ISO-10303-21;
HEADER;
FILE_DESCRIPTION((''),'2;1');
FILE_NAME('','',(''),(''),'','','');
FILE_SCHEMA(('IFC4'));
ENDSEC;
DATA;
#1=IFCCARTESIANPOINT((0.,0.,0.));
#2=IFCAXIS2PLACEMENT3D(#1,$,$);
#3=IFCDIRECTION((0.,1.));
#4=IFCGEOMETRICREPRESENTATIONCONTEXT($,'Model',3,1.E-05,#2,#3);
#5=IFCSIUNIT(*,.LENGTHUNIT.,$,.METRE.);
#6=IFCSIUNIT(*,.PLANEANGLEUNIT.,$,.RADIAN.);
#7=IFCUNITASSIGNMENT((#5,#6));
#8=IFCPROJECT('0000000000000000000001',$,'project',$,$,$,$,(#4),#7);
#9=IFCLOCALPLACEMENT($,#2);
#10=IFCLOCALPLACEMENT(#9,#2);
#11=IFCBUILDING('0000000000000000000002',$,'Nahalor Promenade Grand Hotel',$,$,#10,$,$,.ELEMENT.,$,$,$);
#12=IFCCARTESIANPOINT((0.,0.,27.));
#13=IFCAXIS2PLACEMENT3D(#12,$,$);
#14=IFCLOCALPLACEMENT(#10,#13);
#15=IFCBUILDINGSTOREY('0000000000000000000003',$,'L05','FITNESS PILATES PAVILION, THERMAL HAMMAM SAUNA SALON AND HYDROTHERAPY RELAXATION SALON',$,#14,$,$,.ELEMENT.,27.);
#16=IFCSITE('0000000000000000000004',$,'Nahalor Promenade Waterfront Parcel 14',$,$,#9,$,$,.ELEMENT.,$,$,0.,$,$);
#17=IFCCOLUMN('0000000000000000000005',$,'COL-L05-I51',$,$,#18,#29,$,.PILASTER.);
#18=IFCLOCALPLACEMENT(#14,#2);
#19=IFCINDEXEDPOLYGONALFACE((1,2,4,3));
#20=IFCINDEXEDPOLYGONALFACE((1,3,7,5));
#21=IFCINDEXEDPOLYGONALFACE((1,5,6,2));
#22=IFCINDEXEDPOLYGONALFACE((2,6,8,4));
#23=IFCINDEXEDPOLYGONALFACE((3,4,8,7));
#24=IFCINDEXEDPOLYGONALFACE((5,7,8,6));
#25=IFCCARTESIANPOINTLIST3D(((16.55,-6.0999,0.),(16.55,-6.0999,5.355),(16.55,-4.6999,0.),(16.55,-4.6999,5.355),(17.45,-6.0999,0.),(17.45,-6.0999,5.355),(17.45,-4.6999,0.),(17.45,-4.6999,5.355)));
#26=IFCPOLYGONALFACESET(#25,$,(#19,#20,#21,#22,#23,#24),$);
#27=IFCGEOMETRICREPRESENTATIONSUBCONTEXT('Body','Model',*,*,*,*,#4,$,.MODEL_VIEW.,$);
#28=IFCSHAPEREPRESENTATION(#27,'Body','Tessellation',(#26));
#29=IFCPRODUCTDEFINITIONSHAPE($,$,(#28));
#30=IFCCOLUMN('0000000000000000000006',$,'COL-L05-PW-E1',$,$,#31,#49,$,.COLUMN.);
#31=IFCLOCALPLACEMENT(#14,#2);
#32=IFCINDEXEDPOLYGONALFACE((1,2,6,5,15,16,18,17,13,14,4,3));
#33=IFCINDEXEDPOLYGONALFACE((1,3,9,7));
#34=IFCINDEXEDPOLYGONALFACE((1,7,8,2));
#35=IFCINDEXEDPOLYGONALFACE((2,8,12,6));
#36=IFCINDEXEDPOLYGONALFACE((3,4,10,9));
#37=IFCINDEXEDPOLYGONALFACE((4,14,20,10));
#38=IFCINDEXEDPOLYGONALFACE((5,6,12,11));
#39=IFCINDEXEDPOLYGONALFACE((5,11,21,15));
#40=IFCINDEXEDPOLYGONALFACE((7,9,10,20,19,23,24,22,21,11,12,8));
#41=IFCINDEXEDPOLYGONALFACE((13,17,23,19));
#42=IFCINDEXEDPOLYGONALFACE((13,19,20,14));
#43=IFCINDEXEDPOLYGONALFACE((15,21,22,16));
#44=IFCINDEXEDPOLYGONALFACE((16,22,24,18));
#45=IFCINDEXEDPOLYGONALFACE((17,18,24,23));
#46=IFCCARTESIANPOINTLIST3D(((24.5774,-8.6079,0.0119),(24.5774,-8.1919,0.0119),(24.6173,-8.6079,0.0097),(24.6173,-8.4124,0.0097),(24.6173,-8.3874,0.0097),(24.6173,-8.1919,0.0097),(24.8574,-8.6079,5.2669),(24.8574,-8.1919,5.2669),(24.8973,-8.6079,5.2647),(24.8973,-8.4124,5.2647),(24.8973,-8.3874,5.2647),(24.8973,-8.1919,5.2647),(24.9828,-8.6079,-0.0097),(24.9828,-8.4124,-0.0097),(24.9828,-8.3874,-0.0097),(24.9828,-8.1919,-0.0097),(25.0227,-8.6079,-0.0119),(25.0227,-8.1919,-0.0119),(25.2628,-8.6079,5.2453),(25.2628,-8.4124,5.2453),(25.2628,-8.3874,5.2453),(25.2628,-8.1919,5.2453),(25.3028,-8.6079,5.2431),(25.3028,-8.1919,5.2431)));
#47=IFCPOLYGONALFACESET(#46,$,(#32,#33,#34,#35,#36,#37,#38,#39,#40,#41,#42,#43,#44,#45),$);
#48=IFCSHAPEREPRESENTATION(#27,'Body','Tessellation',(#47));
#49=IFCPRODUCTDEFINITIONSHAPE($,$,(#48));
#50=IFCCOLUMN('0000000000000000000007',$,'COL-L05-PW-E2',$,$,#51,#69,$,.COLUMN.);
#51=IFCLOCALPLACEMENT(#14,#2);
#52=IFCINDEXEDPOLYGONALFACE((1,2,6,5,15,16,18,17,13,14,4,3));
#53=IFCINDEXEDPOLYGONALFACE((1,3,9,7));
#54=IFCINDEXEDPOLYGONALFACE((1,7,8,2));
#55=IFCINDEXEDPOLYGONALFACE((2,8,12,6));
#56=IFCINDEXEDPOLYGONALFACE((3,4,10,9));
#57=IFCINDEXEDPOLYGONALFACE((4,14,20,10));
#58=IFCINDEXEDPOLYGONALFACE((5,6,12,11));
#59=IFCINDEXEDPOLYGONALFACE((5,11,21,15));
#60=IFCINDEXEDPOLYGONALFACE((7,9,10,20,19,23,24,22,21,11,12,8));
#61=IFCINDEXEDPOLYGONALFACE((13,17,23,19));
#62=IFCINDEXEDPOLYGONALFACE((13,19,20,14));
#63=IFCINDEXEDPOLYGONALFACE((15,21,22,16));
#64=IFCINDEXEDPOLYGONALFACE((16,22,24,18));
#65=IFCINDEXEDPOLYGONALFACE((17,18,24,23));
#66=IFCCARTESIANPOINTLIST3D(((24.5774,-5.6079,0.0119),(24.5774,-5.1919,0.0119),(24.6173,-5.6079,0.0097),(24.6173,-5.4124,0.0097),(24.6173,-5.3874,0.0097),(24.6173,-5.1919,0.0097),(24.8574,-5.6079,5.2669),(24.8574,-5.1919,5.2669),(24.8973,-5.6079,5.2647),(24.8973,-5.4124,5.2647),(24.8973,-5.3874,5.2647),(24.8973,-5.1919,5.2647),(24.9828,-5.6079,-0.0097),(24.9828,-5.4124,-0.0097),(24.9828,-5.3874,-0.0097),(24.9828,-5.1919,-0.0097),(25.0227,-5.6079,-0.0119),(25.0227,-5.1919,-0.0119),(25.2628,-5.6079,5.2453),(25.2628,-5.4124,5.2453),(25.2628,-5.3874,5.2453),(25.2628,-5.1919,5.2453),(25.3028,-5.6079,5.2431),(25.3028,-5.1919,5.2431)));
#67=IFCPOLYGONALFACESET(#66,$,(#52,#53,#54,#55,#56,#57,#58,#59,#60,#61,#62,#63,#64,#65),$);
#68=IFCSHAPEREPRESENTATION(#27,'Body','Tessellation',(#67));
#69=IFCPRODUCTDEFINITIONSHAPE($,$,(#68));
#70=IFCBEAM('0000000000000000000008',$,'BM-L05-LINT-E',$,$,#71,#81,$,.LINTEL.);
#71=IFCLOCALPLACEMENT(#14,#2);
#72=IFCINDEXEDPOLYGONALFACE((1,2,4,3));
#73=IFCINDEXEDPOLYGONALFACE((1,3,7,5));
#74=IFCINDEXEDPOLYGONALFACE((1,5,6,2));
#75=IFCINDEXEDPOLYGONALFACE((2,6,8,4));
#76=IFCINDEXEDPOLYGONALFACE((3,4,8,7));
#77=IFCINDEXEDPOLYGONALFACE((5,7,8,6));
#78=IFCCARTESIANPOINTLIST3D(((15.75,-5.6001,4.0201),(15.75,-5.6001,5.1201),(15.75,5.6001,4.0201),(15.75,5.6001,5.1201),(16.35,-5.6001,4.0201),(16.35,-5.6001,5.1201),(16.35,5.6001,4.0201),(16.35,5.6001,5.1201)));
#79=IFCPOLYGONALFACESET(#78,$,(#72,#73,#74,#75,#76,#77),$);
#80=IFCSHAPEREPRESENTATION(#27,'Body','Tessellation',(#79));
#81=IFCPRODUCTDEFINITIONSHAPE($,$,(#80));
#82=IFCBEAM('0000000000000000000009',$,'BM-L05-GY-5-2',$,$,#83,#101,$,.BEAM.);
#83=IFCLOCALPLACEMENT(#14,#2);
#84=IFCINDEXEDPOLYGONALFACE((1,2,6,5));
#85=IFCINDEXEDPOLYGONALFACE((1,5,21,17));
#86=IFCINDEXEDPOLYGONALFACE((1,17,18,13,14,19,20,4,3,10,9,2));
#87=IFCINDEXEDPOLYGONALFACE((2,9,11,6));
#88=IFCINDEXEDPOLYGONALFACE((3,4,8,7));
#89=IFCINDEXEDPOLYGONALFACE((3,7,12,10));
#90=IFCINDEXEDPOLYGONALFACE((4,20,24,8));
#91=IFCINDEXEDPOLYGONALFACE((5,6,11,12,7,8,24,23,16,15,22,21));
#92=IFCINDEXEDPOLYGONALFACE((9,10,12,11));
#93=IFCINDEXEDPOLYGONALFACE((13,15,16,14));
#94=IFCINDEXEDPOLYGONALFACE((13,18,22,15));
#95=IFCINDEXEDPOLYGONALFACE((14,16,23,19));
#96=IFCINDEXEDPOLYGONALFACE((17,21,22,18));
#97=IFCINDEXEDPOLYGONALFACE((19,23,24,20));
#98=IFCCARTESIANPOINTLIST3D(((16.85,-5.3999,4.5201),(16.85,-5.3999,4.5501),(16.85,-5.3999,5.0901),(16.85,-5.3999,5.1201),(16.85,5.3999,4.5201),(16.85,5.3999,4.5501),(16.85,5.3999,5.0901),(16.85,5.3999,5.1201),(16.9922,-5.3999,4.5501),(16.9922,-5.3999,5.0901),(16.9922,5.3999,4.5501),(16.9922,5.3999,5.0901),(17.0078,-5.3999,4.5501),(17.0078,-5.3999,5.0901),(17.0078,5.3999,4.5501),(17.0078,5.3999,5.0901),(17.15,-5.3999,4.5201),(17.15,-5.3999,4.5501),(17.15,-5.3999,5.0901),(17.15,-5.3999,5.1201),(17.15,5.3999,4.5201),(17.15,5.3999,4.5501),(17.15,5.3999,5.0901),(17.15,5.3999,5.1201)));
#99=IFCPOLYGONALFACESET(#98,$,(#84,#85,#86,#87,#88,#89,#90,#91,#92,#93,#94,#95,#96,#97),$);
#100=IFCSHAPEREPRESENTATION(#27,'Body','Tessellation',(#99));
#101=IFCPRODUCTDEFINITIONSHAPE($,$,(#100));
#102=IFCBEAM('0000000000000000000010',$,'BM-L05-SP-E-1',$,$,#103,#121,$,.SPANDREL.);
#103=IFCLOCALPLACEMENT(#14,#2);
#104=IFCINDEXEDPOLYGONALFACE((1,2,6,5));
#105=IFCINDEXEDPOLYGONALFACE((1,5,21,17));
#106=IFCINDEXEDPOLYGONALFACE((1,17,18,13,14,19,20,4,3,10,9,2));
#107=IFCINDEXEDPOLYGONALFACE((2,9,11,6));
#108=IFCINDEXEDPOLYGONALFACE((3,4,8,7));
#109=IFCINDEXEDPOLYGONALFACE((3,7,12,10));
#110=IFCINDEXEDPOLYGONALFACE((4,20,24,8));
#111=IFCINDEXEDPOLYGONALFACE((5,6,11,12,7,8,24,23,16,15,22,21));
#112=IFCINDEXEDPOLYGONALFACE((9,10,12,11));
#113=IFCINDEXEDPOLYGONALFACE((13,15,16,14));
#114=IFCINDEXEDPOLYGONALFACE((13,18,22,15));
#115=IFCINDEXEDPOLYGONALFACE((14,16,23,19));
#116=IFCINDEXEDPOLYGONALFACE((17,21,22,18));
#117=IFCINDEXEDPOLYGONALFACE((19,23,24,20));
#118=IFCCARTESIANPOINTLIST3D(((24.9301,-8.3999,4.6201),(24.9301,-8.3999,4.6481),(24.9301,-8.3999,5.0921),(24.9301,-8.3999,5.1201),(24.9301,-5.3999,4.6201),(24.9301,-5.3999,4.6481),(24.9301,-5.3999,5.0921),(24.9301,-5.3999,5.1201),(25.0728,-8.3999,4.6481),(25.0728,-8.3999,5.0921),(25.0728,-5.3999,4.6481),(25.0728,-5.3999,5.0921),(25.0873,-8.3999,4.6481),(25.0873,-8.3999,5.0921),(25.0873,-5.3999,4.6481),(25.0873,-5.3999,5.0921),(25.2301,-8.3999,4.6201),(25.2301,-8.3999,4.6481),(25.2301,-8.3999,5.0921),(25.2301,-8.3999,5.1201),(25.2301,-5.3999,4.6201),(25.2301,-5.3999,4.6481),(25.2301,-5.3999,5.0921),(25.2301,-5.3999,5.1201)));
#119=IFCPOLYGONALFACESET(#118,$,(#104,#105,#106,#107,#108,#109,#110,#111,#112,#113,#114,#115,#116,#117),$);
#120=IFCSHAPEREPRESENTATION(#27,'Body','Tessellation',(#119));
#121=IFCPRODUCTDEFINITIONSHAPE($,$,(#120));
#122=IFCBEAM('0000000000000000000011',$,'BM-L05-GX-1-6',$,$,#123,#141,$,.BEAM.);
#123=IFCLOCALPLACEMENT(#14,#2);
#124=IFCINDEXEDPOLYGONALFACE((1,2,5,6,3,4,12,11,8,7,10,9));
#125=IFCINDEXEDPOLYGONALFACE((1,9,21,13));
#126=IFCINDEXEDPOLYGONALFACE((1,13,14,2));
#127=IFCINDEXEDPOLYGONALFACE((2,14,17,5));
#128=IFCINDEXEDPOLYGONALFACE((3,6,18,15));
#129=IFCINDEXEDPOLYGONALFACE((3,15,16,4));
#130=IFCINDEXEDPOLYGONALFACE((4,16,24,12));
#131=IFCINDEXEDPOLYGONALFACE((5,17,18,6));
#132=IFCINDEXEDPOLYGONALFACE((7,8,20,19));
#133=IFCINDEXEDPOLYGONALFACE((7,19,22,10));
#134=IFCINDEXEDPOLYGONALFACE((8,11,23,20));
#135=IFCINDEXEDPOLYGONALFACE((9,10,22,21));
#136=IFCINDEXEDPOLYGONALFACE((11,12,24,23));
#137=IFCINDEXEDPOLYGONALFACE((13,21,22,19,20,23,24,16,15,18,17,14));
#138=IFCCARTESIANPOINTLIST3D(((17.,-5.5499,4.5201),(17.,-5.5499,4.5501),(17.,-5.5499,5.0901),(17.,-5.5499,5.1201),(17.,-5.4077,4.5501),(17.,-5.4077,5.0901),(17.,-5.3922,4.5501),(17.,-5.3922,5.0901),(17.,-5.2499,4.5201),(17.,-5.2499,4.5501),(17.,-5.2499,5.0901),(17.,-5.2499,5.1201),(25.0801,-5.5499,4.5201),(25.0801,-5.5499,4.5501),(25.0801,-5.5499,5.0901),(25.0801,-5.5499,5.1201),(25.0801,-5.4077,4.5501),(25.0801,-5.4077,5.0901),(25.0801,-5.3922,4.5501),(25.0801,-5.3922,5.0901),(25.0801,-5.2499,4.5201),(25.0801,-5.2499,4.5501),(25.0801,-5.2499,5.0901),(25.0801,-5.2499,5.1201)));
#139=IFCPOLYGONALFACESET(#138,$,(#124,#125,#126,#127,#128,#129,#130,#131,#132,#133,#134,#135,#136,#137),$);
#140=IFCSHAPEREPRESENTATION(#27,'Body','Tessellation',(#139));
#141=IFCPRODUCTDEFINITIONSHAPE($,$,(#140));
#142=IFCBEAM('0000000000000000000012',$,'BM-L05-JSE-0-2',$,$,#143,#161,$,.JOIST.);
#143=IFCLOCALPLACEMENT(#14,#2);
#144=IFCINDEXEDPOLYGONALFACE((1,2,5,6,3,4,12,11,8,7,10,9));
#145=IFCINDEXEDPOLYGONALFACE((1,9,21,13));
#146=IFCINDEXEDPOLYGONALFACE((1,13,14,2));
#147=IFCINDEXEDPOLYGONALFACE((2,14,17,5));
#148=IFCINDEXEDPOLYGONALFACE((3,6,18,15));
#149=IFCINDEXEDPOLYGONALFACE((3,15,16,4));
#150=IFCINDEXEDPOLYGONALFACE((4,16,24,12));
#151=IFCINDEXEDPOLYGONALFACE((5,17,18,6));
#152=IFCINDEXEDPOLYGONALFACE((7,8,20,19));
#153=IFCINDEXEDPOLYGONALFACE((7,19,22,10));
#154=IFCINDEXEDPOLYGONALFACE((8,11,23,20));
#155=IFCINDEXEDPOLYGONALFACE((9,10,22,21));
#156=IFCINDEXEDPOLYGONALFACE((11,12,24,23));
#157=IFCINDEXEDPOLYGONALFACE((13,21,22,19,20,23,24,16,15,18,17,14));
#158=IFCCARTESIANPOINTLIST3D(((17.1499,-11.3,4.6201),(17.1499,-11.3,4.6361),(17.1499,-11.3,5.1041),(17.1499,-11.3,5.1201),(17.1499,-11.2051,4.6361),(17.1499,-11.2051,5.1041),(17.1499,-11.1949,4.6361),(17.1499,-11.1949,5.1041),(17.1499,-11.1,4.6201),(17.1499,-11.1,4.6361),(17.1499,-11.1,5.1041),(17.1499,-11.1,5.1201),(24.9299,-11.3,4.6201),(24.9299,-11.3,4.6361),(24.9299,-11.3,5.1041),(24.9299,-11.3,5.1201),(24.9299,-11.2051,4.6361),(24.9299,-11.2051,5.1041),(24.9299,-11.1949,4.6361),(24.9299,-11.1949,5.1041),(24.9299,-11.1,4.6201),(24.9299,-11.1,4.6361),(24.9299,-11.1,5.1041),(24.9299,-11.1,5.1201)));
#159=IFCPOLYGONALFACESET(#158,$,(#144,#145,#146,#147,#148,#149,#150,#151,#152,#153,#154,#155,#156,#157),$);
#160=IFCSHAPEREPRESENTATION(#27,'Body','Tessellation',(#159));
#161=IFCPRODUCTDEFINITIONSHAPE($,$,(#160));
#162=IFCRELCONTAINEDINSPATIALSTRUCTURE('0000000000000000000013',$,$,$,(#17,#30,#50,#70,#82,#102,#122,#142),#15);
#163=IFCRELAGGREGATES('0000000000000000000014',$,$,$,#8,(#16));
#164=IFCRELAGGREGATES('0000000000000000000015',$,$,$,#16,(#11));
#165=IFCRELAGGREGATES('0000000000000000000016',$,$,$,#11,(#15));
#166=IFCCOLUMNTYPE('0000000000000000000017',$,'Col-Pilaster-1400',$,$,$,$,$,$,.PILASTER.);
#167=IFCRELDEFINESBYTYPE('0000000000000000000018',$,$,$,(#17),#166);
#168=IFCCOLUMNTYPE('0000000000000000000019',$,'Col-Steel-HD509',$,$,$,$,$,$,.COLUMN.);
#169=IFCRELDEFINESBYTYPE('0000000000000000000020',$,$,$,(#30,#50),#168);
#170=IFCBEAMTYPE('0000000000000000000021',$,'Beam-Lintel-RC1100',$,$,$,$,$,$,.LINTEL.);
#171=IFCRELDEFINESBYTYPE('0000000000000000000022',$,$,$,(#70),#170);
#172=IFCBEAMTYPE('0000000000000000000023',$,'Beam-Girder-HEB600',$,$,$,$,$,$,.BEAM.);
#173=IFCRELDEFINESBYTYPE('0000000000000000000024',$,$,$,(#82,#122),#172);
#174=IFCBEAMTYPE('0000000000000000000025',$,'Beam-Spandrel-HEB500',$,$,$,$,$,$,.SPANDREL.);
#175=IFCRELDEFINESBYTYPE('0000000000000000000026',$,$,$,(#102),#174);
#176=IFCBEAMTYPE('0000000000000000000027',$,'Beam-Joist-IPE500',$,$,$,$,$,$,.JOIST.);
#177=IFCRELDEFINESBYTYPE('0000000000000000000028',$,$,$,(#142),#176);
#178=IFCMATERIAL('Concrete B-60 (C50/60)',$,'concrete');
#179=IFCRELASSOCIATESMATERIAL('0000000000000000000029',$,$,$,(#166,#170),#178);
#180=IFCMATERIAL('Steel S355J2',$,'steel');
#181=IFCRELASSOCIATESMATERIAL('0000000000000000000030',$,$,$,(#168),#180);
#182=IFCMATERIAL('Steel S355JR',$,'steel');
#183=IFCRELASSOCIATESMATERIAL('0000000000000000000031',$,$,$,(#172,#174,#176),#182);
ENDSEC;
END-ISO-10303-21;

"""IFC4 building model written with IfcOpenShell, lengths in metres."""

from ifc_helpers import new_model, si_unit, direction, frame, origin, origin_2d, place, context, subcontext, project, spatial, rectangle, i_section, extrude, source, transform, mapped, material, material_profile, profile_set, type_object, element, save


model = new_model("IFC4")

# Units and contexts
model_context = context("Model", 3, precision=1e-05, world=origin(), true_north=direction((0.0, 1.0)))
body_context = subcontext(model_context, "Body", "Model", "MODEL_VIEW")
ifc_project = project(units=[si_unit("LENGTHUNIT", "METRE"), si_unit("PLANEANGLEUNIT", "RADIAN")], contexts=[model_context])

# Site, building, storey
site_placement = place(None, origin())
site = spatial("IfcSite", under=ifc_project, at=site_placement, Name="Nahalor Promenade Waterfront Parcel 14", CompositionType="ELEMENT", RefElevation=0.0)
building_placement = place(site_placement, origin())
building = spatial("IfcBuilding", under=site, at=building_placement, Name="Nahalor Promenade Grand Hotel", CompositionType="ELEMENT")
storey_placement = place(building_placement, frame((0.0, 0.0, 27.0)))
storey = spatial("IfcBuildingStorey", under=building, at=storey_placement, Name="L05", Description="FITNESS PILATES PAVILION, THERMAL HAMMAM SAUNA SALON AND HYDROTHERAPY RELAXATION SALON", CompositionType="ELEMENT", Elevation=27.0)

# Columns
ifc_material_1 = material(Name="Concrete B-60 (C50/60)", Category="concrete")
ifc_material_profile_1 = material_profile(ifc_material_1, rectangle(XDim=0.9, YDim=1.4, at=origin_2d()), Name="RC 900x1400")
ifc_profile_set_1 = profile_set([ifc_material_profile_1], Name="Concrete B-60 (C50/60)")
column_type_1 = type_object("IfcColumnType", Name="Col-Pilaster-1400", PredefinedType="PILASTER", material=ifc_profile_set_1)
shared_shape_1 = source(origin(), body_context, "Body", "SweptSolid", [
    extrude(rectangle(XDim=0.9, YDim=1.4, at=origin_2d()), origin(), (0.0, 0.0, 1.0), 5.355),
])
column_placement = place(storey_placement, frame((17.0, -5.3999, 0.0), z_axis=(0.0, 0.0, 1.0), x_axis=(1.0, 0.0, 0.0)))
element("IfcColumn", 1, at=column_placement, inside=storey, type_object=column_type_1, Name="COL-L05-I51", PredefinedType="PILASTER", context=body_context, shape_type="MappedRepresentation", body=[
    mapped(shared_shape_1, transform((0.0, 0.0, 0.0), scale=1.0)),
])
ifc_material_2 = material(Name="Steel S355J2", Category="steel")
ifc_material_profile_2 = material_profile(ifc_material_2, i_section(OverallWidth=0.416, OverallDepth=0.446, WebThickness=0.025, FlangeThickness=0.04, at=origin_2d()), Name="HD 400x509")
ifc_profile_set_2 = profile_set([ifc_material_profile_2], Name="Steel S355J2")
column_type_2 = type_object("IfcColumnType", Name="Col-Steel-HD509", PredefinedType="COLUMN", material=ifc_profile_set_2)
shared_shape_2 = source(origin(), body_context, "Body", "SweptSolid", [
    extrude(i_section(OverallWidth=0.416, OverallDepth=0.446, WebThickness=0.025, FlangeThickness=0.04, at=origin_2d()), origin(), (0.0, 0.0, 1.0), 5.2625),
])
for number, where, z_axis, x_axis, name in (
    (2, (24.8, -8.3999, 0.0), (0.053214, 0.0, 0.998583), (0.0, 1.0, 0.0), "COL-L05-PW-E1"),
    (3, (24.8, -5.3999, 0.0), (0.053214, 0.0, 0.998583), (0.0, 1.0, 0.0), "COL-L05-PW-E2"),
):
    element("IfcColumn", number, at=place(storey_placement, frame(where, z_axis=z_axis, x_axis=x_axis)), inside=storey, type_object=column_type_2, Name=name, PredefinedType="COLUMN", context=body_context, shape_type="MappedRepresentation", body=[
        mapped(shared_shape_2, transform((0.0, 0.0, 0.0), scale=1.0)),
    ])

# Beams
ifc_material_profile_3 = material_profile(ifc_material_1, rectangle(XDim=0.6, YDim=1.1, at=origin_2d()), Name="RC 600x1100")
ifc_profile_set_3 = profile_set([ifc_material_profile_3], Name="Concrete B-60 (C50/60)")
beam_type_1 = type_object("IfcBeamType", Name="Beam-Lintel-RC1100", PredefinedType="LINTEL", material=ifc_profile_set_3)
shared_shape_3 = source(origin(), body_context, "Body", "SweptSolid", [
    extrude(rectangle(XDim=0.6, YDim=1.1, at=origin_2d()), origin(), (0.0, 0.0, 1.0), 11.2002),
])
beam_1_placement = place(storey_placement, frame((16.05, -5.6001, 4.5701), z_axis=(0.0, 1.0, 0.0), x_axis=(-1.0, 0.0, 0.0)))
element("IfcBeam", 4, at=beam_1_placement, inside=storey, type_object=beam_type_1, Name="BM-L05-LINT-E", PredefinedType="LINTEL", context=body_context, shape_type="MappedRepresentation", body=[
    mapped(shared_shape_3, transform((0.0, 0.0, 0.0), scale=1.0)),
])
ifc_material_3 = material(Name="Steel S355JR", Category="steel")
ifc_material_profile_4 = material_profile(ifc_material_3, i_section(OverallWidth=0.3, OverallDepth=0.6, WebThickness=0.0155, FlangeThickness=0.03, at=origin_2d()), Name="HEB 600")
ifc_profile_set_4 = profile_set([ifc_material_profile_4], Name="Steel S355JR")
beam_type_2 = type_object("IfcBeamType", Name="Beam-Girder-HEB600", PredefinedType="BEAM", material=ifc_profile_set_4)
shared_shape_4 = source(origin(), body_context, "Body", "SweptSolid", [
    extrude(i_section(OverallWidth=0.3, OverallDepth=0.6, WebThickness=0.0155, FlangeThickness=0.03, at=origin_2d()), origin(), (0.0, 0.0, 1.0), 10.7998),
])
beam_2_placement = place(storey_placement, frame((17.0, -5.3999, 4.8201), z_axis=(0.0, 1.0, 0.0), x_axis=(-1.0, 0.0, 0.0)))
element("IfcBeam", 5, at=beam_2_placement, inside=storey, type_object=beam_type_2, Name="BM-L05-GY-5-2", PredefinedType="BEAM", context=body_context, shape_type="MappedRepresentation", body=[
    mapped(shared_shape_4, transform((0.0, 0.0, 0.0), scale=1.0)),
])
ifc_material_profile_5 = material_profile(ifc_material_3, i_section(OverallWidth=0.3, OverallDepth=0.5, WebThickness=0.0145, FlangeThickness=0.028, at=origin_2d()), Name="HEB 500")
ifc_profile_set_5 = profile_set([ifc_material_profile_5], Name="Steel S355JR")
beam_type_3 = type_object("IfcBeamType", Name="Beam-Spandrel-HEB500", PredefinedType="SPANDREL", material=ifc_profile_set_5)
shared_shape_5 = source(origin(), body_context, "Body", "SweptSolid", [
    extrude(i_section(OverallWidth=0.3, OverallDepth=0.5, WebThickness=0.0145, FlangeThickness=0.028, at=origin_2d()), origin(), (0.0, 0.0, 1.0), 3.0),
])
beam_3_placement = place(storey_placement, frame((25.0801, -8.3999, 4.8701), z_axis=(0.0, 1.0, 0.0), x_axis=(-1.0, 0.0, 0.0)))
element("IfcBeam", 6, at=beam_3_placement, inside=storey, type_object=beam_type_3, Name="BM-L05-SP-E-1", PredefinedType="SPANDREL", context=body_context, shape_type="MappedRepresentation", body=[
    mapped(shared_shape_5, transform((0.0, 0.0, 0.0), scale=1.0)),
])
shared_shape_6 = source(origin(), body_context, "Body", "SweptSolid", [
    extrude(i_section(OverallWidth=0.3, OverallDepth=0.6, WebThickness=0.0155, FlangeThickness=0.03, at=origin_2d()), origin(), (0.0, 0.0, 1.0), 8.0801),
])
beam_4_placement = place(storey_placement, frame((17.0, -5.3999, 4.8201), z_axis=(1.0, 0.0, 0.0), x_axis=(0.0, 1.0, 0.0)))
element("IfcBeam", 7, at=beam_4_placement, inside=storey, type_object=beam_type_2, Name="BM-L05-GX-1-6", PredefinedType="BEAM", context=body_context, shape_type="MappedRepresentation", body=[
    mapped(shared_shape_6, transform((0.0, 0.0, 0.0), scale=1.0)),
])
ifc_material_profile_6 = material_profile(ifc_material_3, i_section(OverallWidth=0.2, OverallDepth=0.5, WebThickness=0.0102, FlangeThickness=0.016, at=origin_2d()), Name="IPE 500")
ifc_profile_set_6 = profile_set([ifc_material_profile_6], Name="Steel S355JR")
beam_type_4 = type_object("IfcBeamType", Name="Beam-Joist-IPE500", PredefinedType="JOIST", material=ifc_profile_set_6)
shared_shape_7 = source(origin(), body_context, "Body", "SweptSolid", [
    extrude(i_section(OverallWidth=0.2, OverallDepth=0.5, WebThickness=0.0102, FlangeThickness=0.016, at=origin_2d()), origin(), (0.0, 0.0, 1.0), 7.78),
])
beam_5_placement = place(storey_placement, frame((17.1499, -11.2, 4.8701), z_axis=(1.0, 0.0, 0.0), x_axis=(0.0, 1.0, 0.0)))
element("IfcBeam", 8, at=beam_5_placement, inside=storey, type_object=beam_type_4, Name="BM-L05-JSE-0-2", PredefinedType="JOIST", context=body_context, shape_type="MappedRepresentation", body=[
    mapped(shared_shape_7, transform((0.0, 0.0, 0.0), scale=1.0)),
])

save(model, "model.ifc")
